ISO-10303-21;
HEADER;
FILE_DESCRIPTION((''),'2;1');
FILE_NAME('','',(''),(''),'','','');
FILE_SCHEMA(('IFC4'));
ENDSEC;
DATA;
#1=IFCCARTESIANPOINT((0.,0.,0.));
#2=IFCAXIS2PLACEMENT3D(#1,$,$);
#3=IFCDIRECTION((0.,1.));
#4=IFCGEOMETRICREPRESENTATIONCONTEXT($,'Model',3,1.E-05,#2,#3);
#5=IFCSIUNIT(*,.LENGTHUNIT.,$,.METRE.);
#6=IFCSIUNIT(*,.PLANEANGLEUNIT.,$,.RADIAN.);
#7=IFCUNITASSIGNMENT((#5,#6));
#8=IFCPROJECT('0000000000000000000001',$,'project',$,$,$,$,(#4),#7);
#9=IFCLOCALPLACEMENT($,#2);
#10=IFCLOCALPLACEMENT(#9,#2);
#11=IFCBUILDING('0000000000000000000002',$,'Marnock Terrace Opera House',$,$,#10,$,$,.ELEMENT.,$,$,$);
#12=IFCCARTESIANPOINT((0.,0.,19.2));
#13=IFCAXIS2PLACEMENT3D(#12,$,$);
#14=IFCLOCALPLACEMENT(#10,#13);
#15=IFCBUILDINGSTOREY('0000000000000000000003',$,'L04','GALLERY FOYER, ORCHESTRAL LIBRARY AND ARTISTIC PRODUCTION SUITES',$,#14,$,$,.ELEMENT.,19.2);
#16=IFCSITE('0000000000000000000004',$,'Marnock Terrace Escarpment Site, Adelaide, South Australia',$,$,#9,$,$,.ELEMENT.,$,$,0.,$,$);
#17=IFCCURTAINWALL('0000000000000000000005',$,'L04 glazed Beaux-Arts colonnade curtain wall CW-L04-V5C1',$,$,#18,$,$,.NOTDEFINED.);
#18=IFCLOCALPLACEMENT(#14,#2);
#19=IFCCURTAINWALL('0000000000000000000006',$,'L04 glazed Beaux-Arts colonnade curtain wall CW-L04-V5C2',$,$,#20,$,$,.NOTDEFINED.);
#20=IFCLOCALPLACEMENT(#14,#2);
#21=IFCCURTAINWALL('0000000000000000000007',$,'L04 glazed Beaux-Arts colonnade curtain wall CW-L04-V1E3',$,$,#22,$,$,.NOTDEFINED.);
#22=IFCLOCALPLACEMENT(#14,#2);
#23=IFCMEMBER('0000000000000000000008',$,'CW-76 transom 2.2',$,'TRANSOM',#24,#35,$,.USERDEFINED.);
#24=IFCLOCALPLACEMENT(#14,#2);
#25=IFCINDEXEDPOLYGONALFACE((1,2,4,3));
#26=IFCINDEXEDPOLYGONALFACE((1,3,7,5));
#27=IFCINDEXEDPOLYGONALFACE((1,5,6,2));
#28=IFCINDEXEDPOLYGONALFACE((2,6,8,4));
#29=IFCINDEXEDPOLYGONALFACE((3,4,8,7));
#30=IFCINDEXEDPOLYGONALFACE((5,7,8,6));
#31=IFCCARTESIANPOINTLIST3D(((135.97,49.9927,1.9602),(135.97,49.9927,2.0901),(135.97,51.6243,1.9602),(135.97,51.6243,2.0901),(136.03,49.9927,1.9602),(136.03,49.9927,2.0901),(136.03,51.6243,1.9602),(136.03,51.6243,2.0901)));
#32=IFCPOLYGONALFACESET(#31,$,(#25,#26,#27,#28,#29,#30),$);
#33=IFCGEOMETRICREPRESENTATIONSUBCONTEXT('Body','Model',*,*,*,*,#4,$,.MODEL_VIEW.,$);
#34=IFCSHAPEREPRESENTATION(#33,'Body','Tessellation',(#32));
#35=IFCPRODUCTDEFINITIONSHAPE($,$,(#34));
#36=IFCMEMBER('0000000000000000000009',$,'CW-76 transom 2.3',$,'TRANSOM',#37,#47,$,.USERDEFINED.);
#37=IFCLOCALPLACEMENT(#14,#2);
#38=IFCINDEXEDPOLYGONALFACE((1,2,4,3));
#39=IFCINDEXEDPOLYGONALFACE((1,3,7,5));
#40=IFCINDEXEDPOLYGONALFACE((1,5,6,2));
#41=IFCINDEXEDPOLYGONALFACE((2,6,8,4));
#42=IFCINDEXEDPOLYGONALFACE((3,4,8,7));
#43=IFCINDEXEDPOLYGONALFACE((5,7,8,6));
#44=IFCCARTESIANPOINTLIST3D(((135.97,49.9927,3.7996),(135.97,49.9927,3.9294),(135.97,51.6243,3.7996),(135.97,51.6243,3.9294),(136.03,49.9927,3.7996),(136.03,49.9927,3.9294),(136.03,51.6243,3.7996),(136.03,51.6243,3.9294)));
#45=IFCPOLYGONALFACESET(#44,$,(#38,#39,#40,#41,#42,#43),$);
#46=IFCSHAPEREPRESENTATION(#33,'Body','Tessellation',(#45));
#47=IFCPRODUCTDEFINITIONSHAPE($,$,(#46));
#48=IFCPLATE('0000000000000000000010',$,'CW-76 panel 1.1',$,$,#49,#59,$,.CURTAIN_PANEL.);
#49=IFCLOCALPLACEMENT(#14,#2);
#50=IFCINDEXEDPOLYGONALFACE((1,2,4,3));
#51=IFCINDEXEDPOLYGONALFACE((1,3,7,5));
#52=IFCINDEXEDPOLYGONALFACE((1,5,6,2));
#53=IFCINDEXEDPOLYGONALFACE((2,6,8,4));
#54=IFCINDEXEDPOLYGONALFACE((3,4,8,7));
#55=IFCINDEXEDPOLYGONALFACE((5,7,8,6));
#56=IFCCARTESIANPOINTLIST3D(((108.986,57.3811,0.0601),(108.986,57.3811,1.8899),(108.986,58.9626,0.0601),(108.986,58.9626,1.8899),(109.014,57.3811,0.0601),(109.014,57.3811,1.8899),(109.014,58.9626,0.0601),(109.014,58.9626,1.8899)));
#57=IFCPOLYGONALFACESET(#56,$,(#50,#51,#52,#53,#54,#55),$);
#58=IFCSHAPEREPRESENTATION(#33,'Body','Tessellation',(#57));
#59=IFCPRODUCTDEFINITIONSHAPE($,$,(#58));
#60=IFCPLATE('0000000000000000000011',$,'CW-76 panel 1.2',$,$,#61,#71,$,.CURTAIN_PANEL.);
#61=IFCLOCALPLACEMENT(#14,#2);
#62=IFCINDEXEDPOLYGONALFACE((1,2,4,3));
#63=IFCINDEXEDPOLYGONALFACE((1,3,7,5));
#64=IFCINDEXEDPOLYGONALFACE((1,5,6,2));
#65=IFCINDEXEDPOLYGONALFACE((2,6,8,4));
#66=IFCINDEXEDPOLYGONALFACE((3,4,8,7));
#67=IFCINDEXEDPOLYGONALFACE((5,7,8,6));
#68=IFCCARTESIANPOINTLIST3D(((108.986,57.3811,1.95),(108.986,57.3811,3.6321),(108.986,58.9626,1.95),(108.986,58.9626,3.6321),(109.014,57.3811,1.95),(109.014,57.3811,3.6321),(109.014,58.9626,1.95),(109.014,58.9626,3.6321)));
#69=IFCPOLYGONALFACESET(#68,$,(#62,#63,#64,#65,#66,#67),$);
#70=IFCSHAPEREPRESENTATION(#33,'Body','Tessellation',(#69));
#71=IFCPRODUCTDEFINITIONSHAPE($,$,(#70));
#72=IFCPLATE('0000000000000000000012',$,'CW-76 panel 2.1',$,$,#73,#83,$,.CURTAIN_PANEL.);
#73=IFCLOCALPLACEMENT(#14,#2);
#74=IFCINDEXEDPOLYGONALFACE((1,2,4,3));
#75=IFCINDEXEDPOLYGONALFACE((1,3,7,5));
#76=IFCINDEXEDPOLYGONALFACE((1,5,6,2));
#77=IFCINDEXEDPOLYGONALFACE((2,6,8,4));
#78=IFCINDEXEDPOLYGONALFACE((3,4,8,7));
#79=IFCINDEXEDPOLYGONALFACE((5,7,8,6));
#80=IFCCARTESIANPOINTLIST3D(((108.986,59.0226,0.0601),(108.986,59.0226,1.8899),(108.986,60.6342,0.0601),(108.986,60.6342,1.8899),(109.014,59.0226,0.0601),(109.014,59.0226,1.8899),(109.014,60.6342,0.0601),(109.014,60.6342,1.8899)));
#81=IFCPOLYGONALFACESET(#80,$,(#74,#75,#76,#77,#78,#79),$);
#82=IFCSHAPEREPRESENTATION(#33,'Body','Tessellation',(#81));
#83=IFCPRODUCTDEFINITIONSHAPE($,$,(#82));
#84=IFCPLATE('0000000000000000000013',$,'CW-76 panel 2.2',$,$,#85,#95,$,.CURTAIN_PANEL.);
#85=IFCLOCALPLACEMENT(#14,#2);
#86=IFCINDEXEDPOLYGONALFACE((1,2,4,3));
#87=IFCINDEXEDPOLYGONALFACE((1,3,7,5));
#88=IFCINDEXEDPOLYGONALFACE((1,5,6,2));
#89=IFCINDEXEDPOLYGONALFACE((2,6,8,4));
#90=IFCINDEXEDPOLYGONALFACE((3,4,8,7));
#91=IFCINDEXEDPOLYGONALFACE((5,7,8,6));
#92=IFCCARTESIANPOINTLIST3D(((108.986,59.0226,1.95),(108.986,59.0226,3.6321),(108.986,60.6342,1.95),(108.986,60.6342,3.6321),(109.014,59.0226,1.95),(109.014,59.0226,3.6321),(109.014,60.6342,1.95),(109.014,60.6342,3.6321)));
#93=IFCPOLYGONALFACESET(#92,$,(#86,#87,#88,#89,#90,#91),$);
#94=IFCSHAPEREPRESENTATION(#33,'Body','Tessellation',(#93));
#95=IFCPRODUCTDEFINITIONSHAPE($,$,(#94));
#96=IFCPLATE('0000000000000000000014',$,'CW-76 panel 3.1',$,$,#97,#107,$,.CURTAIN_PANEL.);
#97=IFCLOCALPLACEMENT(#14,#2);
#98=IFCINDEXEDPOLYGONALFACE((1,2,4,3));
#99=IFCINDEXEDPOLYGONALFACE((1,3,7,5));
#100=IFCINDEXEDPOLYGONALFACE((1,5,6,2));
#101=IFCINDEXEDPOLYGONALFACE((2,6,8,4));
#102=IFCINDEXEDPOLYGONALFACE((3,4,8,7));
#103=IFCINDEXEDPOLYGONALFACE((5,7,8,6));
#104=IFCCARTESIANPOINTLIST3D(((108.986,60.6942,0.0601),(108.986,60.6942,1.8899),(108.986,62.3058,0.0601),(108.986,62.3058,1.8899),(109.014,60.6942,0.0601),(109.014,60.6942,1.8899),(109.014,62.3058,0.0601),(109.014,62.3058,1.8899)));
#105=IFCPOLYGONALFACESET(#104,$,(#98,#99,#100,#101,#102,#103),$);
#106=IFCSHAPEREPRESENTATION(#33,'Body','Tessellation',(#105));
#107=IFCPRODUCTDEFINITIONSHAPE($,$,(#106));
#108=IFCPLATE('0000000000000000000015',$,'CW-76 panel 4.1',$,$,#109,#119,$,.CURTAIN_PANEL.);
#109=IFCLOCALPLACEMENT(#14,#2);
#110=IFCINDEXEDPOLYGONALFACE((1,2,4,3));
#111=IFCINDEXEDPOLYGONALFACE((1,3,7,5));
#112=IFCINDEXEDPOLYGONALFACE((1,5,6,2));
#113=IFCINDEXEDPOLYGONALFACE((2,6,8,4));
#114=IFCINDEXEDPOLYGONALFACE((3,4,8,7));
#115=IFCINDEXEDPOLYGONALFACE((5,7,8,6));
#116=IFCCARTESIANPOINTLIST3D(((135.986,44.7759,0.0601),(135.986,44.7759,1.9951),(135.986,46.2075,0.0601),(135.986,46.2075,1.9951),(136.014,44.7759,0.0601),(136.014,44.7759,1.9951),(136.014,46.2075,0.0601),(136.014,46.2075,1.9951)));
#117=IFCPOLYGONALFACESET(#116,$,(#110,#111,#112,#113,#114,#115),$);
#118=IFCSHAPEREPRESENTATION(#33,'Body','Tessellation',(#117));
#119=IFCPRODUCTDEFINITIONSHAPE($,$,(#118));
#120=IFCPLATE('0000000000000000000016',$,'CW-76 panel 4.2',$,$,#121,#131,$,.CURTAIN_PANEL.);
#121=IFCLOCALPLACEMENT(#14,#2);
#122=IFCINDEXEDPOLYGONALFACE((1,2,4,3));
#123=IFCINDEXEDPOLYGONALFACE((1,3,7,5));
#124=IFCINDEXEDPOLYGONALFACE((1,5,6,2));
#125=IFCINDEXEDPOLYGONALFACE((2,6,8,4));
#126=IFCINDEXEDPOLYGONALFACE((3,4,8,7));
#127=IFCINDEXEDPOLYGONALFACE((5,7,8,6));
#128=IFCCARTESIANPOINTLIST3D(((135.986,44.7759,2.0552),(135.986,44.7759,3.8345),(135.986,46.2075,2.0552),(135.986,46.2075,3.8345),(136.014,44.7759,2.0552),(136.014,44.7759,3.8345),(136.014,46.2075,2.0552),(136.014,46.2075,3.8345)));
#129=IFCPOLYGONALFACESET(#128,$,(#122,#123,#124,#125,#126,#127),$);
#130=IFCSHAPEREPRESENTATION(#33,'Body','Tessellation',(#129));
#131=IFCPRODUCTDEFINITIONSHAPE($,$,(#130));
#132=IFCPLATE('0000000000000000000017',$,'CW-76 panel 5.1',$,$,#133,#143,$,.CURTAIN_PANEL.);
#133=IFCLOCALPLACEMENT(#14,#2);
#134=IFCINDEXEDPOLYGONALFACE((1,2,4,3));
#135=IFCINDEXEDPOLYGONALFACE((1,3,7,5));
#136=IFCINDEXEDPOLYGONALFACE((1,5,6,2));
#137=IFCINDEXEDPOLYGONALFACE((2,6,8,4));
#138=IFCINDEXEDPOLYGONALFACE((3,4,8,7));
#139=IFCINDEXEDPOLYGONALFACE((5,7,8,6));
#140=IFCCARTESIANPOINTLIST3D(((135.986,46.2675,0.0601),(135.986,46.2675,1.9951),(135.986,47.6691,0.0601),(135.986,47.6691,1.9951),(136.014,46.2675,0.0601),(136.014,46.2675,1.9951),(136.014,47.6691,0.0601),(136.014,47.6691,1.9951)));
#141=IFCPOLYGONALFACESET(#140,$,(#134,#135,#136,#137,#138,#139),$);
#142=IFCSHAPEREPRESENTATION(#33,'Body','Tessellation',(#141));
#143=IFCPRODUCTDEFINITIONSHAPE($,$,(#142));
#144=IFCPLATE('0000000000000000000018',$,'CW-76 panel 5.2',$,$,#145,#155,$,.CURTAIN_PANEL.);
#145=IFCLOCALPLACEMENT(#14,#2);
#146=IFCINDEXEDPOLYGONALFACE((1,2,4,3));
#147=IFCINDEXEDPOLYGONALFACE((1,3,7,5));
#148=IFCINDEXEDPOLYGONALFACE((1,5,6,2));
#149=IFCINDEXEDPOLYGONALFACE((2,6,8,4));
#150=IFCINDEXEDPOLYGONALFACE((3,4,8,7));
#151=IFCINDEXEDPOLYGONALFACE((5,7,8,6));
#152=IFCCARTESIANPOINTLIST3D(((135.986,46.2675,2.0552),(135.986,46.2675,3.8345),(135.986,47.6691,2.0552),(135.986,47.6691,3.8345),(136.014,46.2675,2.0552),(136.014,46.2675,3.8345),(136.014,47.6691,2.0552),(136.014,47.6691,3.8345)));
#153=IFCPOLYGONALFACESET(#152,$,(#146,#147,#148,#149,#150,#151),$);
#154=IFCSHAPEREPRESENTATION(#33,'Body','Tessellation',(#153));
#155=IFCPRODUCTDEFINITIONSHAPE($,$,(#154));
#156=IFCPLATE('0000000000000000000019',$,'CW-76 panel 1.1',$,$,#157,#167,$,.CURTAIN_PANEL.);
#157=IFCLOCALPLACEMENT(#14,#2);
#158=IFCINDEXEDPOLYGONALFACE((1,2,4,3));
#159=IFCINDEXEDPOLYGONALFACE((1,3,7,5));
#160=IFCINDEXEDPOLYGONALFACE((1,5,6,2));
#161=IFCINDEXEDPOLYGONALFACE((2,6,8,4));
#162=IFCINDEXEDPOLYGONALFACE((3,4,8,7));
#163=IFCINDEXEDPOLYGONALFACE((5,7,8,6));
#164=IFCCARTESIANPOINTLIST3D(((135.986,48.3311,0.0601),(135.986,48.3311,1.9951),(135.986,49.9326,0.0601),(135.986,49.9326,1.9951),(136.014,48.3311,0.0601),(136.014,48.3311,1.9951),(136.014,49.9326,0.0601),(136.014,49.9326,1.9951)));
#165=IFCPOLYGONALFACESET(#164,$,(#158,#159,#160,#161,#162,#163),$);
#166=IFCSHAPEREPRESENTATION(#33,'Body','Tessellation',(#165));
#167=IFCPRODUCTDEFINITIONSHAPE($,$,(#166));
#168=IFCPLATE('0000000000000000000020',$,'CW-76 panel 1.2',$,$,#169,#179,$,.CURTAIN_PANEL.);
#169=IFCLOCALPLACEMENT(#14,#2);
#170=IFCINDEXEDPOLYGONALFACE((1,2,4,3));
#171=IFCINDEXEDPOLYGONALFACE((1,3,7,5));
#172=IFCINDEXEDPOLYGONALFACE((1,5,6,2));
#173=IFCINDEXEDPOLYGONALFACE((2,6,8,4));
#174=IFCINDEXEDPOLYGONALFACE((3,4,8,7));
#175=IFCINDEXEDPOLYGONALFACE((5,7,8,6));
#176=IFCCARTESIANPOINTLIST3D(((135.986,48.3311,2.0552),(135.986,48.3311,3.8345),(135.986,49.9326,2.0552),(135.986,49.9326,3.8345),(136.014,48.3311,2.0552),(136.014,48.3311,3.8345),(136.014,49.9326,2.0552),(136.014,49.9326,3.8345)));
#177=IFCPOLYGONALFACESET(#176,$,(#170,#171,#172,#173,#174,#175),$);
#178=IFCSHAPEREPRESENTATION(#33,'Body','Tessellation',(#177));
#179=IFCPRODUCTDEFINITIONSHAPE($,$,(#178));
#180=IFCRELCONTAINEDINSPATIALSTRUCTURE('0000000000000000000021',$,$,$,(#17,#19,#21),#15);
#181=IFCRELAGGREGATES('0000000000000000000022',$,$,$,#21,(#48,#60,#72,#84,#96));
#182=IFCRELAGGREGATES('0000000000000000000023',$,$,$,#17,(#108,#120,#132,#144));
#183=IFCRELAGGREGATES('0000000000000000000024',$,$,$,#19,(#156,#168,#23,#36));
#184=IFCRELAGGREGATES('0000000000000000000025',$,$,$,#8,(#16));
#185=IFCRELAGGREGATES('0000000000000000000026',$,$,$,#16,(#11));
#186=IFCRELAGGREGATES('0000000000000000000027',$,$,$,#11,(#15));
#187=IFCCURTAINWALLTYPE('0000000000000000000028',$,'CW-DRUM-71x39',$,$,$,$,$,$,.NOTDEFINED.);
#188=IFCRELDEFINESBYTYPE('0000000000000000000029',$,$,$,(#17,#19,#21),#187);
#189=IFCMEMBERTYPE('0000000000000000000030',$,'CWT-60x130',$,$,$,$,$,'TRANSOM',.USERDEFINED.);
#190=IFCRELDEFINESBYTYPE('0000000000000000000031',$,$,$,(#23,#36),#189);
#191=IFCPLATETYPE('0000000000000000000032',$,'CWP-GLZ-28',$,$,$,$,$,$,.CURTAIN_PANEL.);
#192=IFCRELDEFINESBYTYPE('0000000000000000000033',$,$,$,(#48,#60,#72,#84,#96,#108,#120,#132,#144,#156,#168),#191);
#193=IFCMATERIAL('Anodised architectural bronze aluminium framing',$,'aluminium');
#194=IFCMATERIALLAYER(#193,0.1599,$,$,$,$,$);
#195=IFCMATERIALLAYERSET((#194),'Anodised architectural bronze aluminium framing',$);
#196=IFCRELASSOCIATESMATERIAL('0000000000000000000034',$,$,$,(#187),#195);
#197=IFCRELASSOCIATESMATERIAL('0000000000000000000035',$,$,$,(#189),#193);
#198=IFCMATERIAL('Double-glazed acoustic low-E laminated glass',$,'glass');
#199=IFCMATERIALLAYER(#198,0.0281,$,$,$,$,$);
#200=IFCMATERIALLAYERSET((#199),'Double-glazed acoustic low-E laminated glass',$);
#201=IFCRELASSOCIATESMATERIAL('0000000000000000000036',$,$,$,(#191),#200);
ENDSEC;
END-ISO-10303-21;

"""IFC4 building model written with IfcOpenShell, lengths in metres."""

from ifc_helpers import new_model, si_unit, direction, frame, origin, origin_2d, place, context, subcontext, project, spatial, rectangle, extrude, material, layer, layer_set, material_profile, profile_set, type_object, element, aggregate, save


model = new_model("IFC4")

# Units and contexts
model_context = context("Model", 3, precision=1e-05, world=origin(), true_north=direction((0.0, 1.0)))
body_context = subcontext(model_context, "Body", "Model", "MODEL_VIEW")
ifc_project = project(units=[si_unit("LENGTHUNIT", "METRE"), si_unit("PLANEANGLEUNIT", "RADIAN")], contexts=[model_context])

# Site, building, storey
site_placement = place(None, origin())
site = spatial("IfcSite", under=ifc_project, at=site_placement, Name="Marnock Terrace Escarpment Site, Adelaide, South Australia", CompositionType="ELEMENT", RefElevation=0.0)
building_placement = place(site_placement, origin())
building = spatial("IfcBuilding", under=site, at=building_placement, Name="Marnock Terrace Opera House", CompositionType="ELEMENT")
storey_placement = place(building_placement, frame((0.0, 0.0, 19.2)))
storey = spatial("IfcBuildingStorey", under=building, at=storey_placement, Name="L04", Description="GALLERY FOYER, ORCHESTRAL LIBRARY AND ARTISTIC PRODUCTION SUITES", CompositionType="ELEMENT", Elevation=19.2)

# Curtain walls
ifc_material_1 = material(Name="Anodised architectural bronze aluminium framing", Category="aluminium")
ifc_layer_1 = layer(ifc_material_1, 0.1599)
ifc_layer_set_1 = layer_set([ifc_layer_1], Name="Anodised architectural bronze aluminium framing")
curtain_wall_type = type_object("IfcCurtainWallType", Name="CW-DRUM-71x39", PredefinedType="NOTDEFINED", material=ifc_layer_set_1)
curtain_wall_1_placement = place(storey_placement, origin())
curtain_wall_1 = element("IfcCurtainWall", 1, at=curtain_wall_1_placement, inside=storey, type_object=curtain_wall_type, Name="L04 glazed Beaux-Arts colonnade curtain wall CW-L04-V5C1", PredefinedType="NOTDEFINED")
curtain_wall_2_placement = place(storey_placement, origin())
curtain_wall_2 = element("IfcCurtainWall", 2, at=curtain_wall_2_placement, inside=storey, type_object=curtain_wall_type, Name="L04 glazed Beaux-Arts colonnade curtain wall CW-L04-V5C2", PredefinedType="NOTDEFINED")
curtain_wall_3_placement = place(storey_placement, origin())
curtain_wall_3 = element("IfcCurtainWall", 3, at=curtain_wall_3_placement, inside=storey, type_object=curtain_wall_type, Name="L04 glazed Beaux-Arts colonnade curtain wall CW-L04-V1E3", PredefinedType="NOTDEFINED")
ifc_material_profile_1 = material_profile(ifc_material_1, rectangle(XDim=0.0601, YDim=0.1299, at=origin_2d()))
ifc_profile_set_1 = profile_set([ifc_material_profile_1], Name="Anodised architectural bronze aluminium framing")
member_type_1 = type_object("IfcMemberType", Name="CWT-60x130", ElementType="TRANSOM", PredefinedType="USERDEFINED", material=ifc_profile_set_1)

# Members
member_1_placement = place(storey_placement, frame((136.0, 49.9927, 2.0251), z_axis=(0.0, 1.0, 0.0), x_axis=(-1.0, 0.0, 0.0)))
member_1 = element("IfcMember", 4, at=member_1_placement, type_object=member_type_1, Name="CW-76 transom 2.2", ObjectType="TRANSOM", PredefinedType="USERDEFINED", context=body_context, shape_type="SweptSolid", body=[
    extrude(rectangle(XDim=0.0601, YDim=0.1299, at=origin_2d()), origin(), (0.0, 0.0, 1.0), 1.6316),
])
member_2_placement = place(storey_placement, frame((136.0, 49.9927, 3.8645), z_axis=(0.0, 1.0, 0.0), x_axis=(-1.0, 0.0, 0.0)))
member_2 = element("IfcMember", 5, at=member_2_placement, type_object=member_type_1, Name="CW-76 transom 2.3", ObjectType="TRANSOM", PredefinedType="USERDEFINED", context=body_context, shape_type="SweptSolid", body=[
    extrude(rectangle(XDim=0.0601, YDim=0.1299, at=origin_2d()), origin(), (0.0, 0.0, 1.0), 1.6316),
])

# Plates
ifc_material_2 = material(Name="Double-glazed acoustic low-E laminated glass", Category="glass")
ifc_layer_2 = layer(ifc_material_2, 0.0281)
ifc_layer_set_2 = layer_set([ifc_layer_2], Name="Double-glazed acoustic low-E laminated glass")
plate_type = type_object("IfcPlateType", Name="CWP-GLZ-28", PredefinedType="CURTAIN_PANEL", material=ifc_layer_set_2)
plate_1_placement = place(storey_placement, frame((109.0, 58.1719, 0.0601), z_axis=(0.0, 0.0, 1.0), x_axis=(0.0, 1.0, 0.0)))
plate_1 = element("IfcPlate", 6, at=plate_1_placement, type_object=plate_type, Name="CW-76 panel 1.1", PredefinedType="CURTAIN_PANEL", context=body_context, shape_type="SweptSolid", body=[
    extrude(rectangle(XDim=1.5815, YDim=0.0281, at=origin_2d()), origin(), (0.0, 0.0, 1.0), 1.8298),
])
plate_2_placement = place(storey_placement, frame((109.0, 58.1719, 1.95), z_axis=(0.0, 0.0, 1.0), x_axis=(0.0, 1.0, 0.0)))
plate_2 = element("IfcPlate", 7, at=plate_2_placement, type_object=plate_type, Name="CW-76 panel 1.2", PredefinedType="CURTAIN_PANEL", context=body_context, shape_type="SweptSolid", body=[
    extrude(rectangle(XDim=1.5815, YDim=0.0281, at=origin_2d()), origin(), (0.0, 0.0, 1.0), 1.6821),
])
plate_3_placement = place(storey_placement, frame((109.0, 59.8284, 0.0601), z_axis=(0.0, 0.0, 1.0), x_axis=(0.0, 1.0, 0.0)))
plate_3 = element("IfcPlate", 8, at=plate_3_placement, type_object=plate_type, Name="CW-76 panel 2.1", PredefinedType="CURTAIN_PANEL", context=body_context, shape_type="SweptSolid", body=[
    extrude(rectangle(XDim=1.6116, YDim=0.0281, at=origin_2d()), origin(), (0.0, 0.0, 1.0), 1.8298),
])
plate_4_placement = place(storey_placement, frame((109.0, 59.8284, 1.95), z_axis=(0.0, 0.0, 1.0), x_axis=(0.0, 1.0, 0.0)))
plate_4 = element("IfcPlate", 9, at=plate_4_placement, type_object=plate_type, Name="CW-76 panel 2.2", PredefinedType="CURTAIN_PANEL", context=body_context, shape_type="SweptSolid", body=[
    extrude(rectangle(XDim=1.6116, YDim=0.0281, at=origin_2d()), origin(), (0.0, 0.0, 1.0), 1.6821),
])
plate_5_placement = place(storey_placement, frame((109.0, 61.5, 0.0601), z_axis=(0.0, 0.0, 1.0), x_axis=(0.0, 1.0, 0.0)))
plate_5 = element("IfcPlate", 10, at=plate_5_placement, type_object=plate_type, Name="CW-76 panel 3.1", PredefinedType="CURTAIN_PANEL", context=body_context, shape_type="SweptSolid", body=[
    extrude(rectangle(XDim=1.6116, YDim=0.0281, at=origin_2d()), origin(), (0.0, 0.0, 1.0), 1.8298),
])
aggregate(curtain_wall_3, [plate_1, plate_2, plate_3, plate_4, plate_5])
plate_6_placement = place(storey_placement, frame((136.0, 45.4917, 0.0601), z_axis=(0.0, 0.0, 1.0), x_axis=(0.0, 1.0, 0.0)))
plate_6 = element("IfcPlate", 11, at=plate_6_placement, type_object=plate_type, Name="CW-76 panel 4.1", PredefinedType="CURTAIN_PANEL", context=body_context, shape_type="SweptSolid", body=[
    extrude(rectangle(XDim=1.4316, YDim=0.0281, at=origin_2d()), origin(), (0.0, 0.0, 1.0), 1.9351),
])
plate_7_placement = place(storey_placement, frame((136.0, 45.4917, 2.0552), z_axis=(0.0, 0.0, 1.0), x_axis=(0.0, 1.0, 0.0)))
plate_7 = element("IfcPlate", 12, at=plate_7_placement, type_object=plate_type, Name="CW-76 panel 4.2", PredefinedType="CURTAIN_PANEL", context=body_context, shape_type="SweptSolid", body=[
    extrude(rectangle(XDim=1.4316, YDim=0.0281, at=origin_2d()), origin(), (0.0, 0.0, 1.0), 1.7793),
])
plate_8_placement = place(storey_placement, frame((136.0, 46.9683, 0.0601), z_axis=(0.0, 0.0, 1.0), x_axis=(0.0, 1.0, 0.0)))
plate_8 = element("IfcPlate", 13, at=plate_8_placement, type_object=plate_type, Name="CW-76 panel 5.1", PredefinedType="CURTAIN_PANEL", context=body_context, shape_type="SweptSolid", body=[
    extrude(rectangle(XDim=1.4016, YDim=0.0281, at=origin_2d()), origin(), (0.0, 0.0, 1.0), 1.9351),
])
plate_9_placement = place(storey_placement, frame((136.0, 46.9683, 2.0552), z_axis=(0.0, 0.0, 1.0), x_axis=(0.0, 1.0, 0.0)))
plate_9 = element("IfcPlate", 14, at=plate_9_placement, type_object=plate_type, Name="CW-76 panel 5.2", PredefinedType="CURTAIN_PANEL", context=body_context, shape_type="SweptSolid", body=[
    extrude(rectangle(XDim=1.4016, YDim=0.0281, at=origin_2d()), origin(), (0.0, 0.0, 1.0), 1.7793),
])
aggregate(curtain_wall_1, [plate_6, plate_7, plate_8, plate_9])
plate_10_placement = place(storey_placement, frame((136.0, 49.1318, 0.0601), z_axis=(0.0, 0.0, 1.0), x_axis=(0.0, 1.0, 0.0)))
plate_10 = element("IfcPlate", 15, at=plate_10_placement, type_object=plate_type, Name="CW-76 panel 1.1", PredefinedType="CURTAIN_PANEL", context=body_context, shape_type="SweptSolid", body=[
    extrude(rectangle(XDim=1.6016, YDim=0.0281, at=origin_2d()), origin(), (0.0, 0.0, 1.0), 1.9351),
])
plate_11_placement = place(storey_placement, frame((136.0, 49.1318, 2.0552), z_axis=(0.0, 0.0, 1.0), x_axis=(0.0, 1.0, 0.0)))
plate_11 = element("IfcPlate", 16, at=plate_11_placement, type_object=plate_type, Name="CW-76 panel 1.2", PredefinedType="CURTAIN_PANEL", context=body_context, shape_type="SweptSolid", body=[
    extrude(rectangle(XDim=1.6016, YDim=0.0281, at=origin_2d()), origin(), (0.0, 0.0, 1.0), 1.7793),
])
aggregate(curtain_wall_2, [plate_10, plate_11, member_1, member_2])

save(model, "model.ifc")
